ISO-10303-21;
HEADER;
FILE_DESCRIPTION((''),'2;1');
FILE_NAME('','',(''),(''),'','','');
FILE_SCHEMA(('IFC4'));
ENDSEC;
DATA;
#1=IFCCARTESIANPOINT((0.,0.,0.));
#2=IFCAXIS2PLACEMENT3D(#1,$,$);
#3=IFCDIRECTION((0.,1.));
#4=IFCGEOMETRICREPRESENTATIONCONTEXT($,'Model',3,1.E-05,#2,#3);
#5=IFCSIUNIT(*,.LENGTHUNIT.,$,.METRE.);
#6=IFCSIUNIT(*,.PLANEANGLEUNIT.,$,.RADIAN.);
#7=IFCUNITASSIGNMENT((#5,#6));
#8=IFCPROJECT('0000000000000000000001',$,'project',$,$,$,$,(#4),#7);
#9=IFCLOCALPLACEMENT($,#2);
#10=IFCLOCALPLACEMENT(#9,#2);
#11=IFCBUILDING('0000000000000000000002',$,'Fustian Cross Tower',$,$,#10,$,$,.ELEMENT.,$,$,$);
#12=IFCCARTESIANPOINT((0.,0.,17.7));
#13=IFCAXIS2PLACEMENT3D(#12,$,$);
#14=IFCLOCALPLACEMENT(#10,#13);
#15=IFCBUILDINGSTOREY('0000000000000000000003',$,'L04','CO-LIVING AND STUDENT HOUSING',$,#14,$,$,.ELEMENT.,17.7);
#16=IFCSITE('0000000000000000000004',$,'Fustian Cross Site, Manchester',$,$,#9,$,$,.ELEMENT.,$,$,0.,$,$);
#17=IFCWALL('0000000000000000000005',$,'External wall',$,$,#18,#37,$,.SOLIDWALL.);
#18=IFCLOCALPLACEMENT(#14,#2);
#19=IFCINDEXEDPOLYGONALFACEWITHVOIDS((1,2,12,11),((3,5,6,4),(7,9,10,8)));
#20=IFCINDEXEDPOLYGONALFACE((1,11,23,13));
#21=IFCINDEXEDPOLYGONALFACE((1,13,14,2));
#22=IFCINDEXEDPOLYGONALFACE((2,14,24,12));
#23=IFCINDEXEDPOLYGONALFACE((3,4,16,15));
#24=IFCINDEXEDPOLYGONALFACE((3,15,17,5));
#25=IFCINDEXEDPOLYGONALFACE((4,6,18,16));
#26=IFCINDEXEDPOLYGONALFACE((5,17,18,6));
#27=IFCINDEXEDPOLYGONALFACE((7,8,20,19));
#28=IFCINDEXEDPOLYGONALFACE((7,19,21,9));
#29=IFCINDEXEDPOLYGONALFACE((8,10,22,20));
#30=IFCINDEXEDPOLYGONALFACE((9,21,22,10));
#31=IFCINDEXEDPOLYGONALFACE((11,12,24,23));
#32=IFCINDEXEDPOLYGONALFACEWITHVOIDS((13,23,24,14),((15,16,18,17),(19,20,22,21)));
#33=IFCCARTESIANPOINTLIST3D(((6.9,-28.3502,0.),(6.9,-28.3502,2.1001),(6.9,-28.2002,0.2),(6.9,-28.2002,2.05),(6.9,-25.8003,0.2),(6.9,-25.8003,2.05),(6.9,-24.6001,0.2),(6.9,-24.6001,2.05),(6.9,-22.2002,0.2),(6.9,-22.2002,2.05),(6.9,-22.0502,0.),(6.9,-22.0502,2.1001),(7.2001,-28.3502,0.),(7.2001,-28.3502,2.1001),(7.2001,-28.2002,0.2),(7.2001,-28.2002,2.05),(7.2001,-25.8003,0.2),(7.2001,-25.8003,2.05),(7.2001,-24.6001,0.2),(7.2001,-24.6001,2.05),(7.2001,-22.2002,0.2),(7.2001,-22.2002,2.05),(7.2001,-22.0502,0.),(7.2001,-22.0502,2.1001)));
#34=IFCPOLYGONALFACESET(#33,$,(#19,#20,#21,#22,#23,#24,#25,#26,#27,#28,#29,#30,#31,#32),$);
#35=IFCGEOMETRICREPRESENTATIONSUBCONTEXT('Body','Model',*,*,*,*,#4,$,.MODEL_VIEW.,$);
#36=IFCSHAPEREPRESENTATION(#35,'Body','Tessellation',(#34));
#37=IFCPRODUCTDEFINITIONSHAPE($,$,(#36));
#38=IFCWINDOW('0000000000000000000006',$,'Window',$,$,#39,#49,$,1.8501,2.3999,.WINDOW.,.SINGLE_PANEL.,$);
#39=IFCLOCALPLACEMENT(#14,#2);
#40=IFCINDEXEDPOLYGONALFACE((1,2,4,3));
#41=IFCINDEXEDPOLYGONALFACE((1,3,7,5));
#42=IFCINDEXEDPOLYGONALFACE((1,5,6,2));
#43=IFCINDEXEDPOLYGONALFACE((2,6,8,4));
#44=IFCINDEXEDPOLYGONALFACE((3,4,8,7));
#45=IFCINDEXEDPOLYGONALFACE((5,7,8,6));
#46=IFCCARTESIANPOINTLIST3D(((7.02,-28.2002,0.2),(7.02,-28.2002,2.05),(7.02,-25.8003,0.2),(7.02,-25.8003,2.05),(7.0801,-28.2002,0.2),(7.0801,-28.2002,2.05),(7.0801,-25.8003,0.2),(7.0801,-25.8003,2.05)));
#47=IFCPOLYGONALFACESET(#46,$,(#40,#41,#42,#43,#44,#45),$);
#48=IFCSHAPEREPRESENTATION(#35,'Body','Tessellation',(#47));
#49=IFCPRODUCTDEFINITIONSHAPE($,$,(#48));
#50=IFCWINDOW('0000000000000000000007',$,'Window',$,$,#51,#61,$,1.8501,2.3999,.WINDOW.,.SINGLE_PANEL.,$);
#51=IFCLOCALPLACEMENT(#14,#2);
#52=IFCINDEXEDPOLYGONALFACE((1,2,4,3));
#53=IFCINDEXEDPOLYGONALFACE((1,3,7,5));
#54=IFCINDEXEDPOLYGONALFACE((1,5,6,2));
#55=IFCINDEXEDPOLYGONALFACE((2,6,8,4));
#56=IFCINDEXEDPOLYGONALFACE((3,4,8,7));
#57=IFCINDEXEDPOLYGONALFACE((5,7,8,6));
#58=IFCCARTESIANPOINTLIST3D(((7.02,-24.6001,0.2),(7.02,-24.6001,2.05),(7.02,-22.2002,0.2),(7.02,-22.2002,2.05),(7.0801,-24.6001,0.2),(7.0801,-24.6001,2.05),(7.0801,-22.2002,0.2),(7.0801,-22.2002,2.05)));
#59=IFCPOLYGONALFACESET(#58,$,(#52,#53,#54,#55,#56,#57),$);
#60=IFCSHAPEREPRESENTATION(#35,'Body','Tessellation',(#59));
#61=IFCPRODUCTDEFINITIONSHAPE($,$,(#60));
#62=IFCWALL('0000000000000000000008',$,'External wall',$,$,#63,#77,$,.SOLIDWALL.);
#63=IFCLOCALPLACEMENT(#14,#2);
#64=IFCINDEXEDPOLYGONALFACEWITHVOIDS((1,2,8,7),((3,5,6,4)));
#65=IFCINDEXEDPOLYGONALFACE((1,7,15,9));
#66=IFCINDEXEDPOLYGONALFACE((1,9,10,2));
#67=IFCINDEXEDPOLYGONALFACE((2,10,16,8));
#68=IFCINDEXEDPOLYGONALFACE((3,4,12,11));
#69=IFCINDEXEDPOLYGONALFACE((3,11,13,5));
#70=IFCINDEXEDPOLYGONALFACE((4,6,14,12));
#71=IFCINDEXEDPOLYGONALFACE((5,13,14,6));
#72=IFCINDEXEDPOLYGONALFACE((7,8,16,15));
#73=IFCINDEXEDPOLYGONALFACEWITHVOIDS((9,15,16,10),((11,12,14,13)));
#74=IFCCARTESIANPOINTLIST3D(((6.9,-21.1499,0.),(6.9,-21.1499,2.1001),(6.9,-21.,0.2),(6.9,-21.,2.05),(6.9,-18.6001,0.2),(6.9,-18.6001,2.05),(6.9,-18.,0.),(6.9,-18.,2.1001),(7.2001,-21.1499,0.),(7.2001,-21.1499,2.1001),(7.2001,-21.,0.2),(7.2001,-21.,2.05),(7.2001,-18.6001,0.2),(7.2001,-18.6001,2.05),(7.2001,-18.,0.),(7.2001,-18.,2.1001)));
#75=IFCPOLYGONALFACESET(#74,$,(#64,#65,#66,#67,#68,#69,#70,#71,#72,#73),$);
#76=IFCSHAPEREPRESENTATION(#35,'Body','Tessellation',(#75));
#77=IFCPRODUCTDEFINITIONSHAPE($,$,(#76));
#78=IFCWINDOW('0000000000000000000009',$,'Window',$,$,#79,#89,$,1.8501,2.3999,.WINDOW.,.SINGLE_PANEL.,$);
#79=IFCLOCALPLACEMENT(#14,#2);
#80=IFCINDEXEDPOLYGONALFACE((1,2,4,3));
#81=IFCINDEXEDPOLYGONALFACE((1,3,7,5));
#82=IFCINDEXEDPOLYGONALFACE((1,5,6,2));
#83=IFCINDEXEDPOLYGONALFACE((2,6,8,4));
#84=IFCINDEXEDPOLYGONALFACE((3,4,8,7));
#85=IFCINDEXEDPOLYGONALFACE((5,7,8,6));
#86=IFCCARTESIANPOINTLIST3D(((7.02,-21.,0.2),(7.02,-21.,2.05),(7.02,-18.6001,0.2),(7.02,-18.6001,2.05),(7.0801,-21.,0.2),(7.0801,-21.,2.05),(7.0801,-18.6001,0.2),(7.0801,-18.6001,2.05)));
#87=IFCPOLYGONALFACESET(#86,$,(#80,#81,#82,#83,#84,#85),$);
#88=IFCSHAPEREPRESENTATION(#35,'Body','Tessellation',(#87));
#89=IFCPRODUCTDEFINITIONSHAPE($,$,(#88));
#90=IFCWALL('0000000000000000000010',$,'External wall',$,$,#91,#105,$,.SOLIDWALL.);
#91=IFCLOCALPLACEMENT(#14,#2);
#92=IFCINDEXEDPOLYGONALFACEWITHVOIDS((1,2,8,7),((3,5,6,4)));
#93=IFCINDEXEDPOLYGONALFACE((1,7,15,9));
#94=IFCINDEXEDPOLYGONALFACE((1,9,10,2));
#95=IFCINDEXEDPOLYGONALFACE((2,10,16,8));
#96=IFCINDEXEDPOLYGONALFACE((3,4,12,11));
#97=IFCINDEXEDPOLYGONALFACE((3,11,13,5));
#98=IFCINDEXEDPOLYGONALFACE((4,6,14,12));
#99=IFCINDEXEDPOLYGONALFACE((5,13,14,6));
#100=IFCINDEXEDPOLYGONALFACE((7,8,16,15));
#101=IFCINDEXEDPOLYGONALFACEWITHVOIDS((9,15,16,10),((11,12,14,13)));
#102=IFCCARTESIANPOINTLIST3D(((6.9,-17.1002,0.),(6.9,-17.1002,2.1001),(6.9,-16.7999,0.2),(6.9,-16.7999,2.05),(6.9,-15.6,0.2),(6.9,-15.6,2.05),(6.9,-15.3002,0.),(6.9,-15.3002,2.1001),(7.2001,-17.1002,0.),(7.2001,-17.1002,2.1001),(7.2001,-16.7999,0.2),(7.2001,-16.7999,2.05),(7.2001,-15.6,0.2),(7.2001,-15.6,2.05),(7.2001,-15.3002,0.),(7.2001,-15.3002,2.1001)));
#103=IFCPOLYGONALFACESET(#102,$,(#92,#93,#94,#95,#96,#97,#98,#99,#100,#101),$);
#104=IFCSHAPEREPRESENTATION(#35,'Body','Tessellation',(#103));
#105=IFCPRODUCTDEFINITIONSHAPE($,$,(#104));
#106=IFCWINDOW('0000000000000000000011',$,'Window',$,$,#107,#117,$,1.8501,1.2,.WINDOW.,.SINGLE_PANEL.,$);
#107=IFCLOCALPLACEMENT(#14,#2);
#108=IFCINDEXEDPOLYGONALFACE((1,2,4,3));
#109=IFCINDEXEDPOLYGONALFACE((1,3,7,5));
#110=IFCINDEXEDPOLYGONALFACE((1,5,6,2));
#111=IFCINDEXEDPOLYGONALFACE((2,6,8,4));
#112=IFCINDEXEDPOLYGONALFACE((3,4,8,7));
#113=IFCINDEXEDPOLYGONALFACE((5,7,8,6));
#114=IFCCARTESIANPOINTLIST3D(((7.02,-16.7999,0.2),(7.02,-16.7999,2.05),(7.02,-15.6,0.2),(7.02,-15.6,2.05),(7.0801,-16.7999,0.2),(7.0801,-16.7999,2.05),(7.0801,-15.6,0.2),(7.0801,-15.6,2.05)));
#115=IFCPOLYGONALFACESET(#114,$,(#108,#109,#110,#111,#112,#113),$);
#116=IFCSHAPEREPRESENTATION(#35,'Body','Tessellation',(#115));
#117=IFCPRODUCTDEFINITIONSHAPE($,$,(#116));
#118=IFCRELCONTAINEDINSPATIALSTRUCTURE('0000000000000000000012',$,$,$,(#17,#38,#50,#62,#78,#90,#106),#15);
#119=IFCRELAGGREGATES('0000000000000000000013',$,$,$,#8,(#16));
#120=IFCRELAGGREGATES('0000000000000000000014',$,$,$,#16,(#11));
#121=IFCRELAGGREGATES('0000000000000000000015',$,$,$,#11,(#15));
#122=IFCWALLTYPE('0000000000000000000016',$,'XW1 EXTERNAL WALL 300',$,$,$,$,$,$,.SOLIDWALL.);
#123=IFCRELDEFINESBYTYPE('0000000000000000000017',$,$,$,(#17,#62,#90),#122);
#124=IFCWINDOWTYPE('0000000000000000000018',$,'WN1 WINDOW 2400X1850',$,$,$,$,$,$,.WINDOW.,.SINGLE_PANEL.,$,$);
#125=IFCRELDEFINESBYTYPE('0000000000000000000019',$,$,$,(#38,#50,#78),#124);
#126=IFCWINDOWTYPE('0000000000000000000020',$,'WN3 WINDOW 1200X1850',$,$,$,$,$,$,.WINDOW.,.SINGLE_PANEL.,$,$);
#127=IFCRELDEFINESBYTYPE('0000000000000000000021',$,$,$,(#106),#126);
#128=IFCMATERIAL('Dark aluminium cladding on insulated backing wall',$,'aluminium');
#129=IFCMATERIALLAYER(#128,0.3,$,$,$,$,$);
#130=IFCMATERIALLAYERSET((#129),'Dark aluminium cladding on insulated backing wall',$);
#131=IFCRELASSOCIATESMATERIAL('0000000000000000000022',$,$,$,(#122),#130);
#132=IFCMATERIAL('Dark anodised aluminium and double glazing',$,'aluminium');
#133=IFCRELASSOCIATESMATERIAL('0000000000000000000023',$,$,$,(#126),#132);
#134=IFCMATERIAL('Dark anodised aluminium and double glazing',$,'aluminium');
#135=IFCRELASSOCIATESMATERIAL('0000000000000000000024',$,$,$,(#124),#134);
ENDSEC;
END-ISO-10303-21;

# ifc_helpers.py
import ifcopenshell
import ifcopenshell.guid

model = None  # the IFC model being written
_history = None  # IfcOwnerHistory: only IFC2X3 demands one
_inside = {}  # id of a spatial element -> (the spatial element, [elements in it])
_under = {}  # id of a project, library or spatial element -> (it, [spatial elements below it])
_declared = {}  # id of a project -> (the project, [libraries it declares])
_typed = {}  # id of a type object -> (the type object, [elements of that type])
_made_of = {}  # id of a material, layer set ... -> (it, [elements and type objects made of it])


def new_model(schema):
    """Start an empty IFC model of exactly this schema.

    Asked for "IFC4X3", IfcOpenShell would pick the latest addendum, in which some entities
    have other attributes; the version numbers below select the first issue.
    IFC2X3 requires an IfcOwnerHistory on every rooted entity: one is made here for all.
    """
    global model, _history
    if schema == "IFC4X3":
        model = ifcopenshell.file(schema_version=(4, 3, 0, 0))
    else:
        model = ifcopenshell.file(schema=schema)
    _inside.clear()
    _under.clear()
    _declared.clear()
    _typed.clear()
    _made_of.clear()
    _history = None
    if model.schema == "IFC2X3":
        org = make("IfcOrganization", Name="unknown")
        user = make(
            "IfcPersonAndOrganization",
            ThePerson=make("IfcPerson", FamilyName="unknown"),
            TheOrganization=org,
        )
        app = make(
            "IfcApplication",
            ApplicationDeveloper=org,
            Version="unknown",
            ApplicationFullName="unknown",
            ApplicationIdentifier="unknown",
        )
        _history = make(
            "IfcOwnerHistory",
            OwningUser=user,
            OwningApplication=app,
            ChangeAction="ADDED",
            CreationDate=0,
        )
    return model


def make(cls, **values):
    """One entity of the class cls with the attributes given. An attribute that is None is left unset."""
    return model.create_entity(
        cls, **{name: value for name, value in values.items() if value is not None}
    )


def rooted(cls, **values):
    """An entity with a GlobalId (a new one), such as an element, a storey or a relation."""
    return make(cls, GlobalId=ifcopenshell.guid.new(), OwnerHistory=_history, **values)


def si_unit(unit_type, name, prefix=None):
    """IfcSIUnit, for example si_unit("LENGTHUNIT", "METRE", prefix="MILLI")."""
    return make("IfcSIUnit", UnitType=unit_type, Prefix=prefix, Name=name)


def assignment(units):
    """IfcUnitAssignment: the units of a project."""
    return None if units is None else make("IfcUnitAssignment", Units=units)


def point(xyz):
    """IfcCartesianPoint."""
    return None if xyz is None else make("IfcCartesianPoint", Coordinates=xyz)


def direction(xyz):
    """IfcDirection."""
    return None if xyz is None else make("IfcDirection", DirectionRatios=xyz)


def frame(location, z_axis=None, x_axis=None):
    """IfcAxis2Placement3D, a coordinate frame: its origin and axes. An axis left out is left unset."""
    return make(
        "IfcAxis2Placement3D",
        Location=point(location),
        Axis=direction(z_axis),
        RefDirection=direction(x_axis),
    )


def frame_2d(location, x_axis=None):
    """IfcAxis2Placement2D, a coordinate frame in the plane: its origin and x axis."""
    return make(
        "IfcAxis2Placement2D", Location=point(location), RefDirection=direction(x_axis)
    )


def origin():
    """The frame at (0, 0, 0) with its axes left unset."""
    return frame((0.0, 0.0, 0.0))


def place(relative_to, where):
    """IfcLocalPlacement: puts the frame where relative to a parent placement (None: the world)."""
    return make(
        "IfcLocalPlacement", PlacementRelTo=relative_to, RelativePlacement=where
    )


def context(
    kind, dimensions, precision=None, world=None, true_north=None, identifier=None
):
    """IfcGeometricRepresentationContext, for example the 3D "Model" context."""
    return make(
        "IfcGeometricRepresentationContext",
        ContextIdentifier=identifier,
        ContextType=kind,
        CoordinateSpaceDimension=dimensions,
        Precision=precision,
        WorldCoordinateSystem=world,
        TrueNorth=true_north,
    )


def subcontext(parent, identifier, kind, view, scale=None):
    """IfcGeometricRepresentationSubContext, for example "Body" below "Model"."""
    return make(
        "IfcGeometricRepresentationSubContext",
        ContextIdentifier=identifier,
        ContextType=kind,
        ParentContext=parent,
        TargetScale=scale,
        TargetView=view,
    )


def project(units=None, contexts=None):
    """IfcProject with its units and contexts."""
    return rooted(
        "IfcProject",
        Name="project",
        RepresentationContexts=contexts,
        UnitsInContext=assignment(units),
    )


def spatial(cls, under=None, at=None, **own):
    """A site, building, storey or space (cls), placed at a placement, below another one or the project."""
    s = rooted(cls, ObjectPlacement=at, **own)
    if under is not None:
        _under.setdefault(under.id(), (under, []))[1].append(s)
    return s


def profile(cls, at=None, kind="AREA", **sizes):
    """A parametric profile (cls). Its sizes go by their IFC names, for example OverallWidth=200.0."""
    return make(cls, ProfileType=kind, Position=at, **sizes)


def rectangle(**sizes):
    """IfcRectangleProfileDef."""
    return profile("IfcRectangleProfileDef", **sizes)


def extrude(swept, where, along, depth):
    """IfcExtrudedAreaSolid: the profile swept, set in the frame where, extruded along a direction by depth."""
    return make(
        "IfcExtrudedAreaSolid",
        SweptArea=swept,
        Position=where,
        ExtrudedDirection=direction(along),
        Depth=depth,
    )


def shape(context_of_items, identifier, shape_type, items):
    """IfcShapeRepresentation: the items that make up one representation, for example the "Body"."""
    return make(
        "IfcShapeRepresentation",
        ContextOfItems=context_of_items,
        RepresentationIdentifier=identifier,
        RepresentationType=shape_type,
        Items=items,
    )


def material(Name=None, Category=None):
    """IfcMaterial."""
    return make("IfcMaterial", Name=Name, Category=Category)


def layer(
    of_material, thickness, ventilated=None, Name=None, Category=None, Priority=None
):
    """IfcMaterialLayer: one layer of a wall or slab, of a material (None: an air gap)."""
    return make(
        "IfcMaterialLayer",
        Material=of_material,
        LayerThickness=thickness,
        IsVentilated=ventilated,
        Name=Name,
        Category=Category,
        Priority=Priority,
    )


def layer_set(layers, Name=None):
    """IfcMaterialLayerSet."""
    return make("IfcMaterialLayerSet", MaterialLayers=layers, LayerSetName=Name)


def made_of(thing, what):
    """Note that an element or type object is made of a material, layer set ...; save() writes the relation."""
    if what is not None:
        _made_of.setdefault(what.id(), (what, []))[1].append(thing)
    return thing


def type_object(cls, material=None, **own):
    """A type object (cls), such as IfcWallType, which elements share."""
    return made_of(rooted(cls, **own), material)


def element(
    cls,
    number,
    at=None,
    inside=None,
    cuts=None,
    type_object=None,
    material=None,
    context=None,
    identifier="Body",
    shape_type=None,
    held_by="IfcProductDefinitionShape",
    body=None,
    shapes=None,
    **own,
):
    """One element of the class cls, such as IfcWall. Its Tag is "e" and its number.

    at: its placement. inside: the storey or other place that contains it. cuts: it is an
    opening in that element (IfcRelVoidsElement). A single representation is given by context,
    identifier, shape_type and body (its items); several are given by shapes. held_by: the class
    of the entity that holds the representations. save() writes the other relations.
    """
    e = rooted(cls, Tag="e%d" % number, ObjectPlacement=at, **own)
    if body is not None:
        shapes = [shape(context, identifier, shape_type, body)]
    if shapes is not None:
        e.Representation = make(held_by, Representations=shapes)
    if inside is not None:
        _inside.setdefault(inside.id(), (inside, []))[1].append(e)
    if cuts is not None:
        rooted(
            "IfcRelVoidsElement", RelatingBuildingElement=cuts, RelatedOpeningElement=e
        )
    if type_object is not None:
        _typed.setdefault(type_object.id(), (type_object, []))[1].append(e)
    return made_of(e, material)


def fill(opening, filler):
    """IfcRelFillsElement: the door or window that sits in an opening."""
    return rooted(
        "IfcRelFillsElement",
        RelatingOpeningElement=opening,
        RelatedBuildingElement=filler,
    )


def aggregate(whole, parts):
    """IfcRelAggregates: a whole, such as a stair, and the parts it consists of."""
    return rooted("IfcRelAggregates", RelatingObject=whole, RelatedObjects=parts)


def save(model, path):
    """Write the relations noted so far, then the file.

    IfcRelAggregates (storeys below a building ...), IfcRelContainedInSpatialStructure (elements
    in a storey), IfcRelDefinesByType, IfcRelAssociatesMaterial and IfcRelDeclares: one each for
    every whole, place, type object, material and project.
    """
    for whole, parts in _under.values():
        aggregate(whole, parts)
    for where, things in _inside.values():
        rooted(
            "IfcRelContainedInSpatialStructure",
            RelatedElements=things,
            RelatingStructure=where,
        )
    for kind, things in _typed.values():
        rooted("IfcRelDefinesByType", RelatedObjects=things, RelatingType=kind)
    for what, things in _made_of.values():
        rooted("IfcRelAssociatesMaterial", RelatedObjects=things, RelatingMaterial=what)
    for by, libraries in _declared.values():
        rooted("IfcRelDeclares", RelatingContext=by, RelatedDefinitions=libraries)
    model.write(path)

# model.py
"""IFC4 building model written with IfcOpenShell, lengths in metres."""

from ifc_helpers import new_model, si_unit, direction, frame, frame_2d, origin, place, context, subcontext, project, spatial, rectangle, extrude, material, layer, layer_set, type_object, element, fill, save


model = new_model("IFC4")

# Units and contexts
model_context = context("Model", 3, precision=1e-05, world=origin(), true_north=direction((0.0, 1.0)))
body_context = subcontext(model_context, "Body", "Model", "MODEL_VIEW")
ifc_project = project(units=[si_unit("LENGTHUNIT", "METRE"), si_unit("PLANEANGLEUNIT", "RADIAN")], contexts=[model_context])

# Site, building, storey
site_placement = place(None, origin())
site = spatial("IfcSite", under=ifc_project, at=site_placement, Name="Fustian Cross Site, Manchester", CompositionType="ELEMENT", RefElevation=0.0)
building_placement = place(site_placement, origin())
building = spatial("IfcBuilding", under=site, at=building_placement, Name="Fustian Cross Tower", CompositionType="ELEMENT")
storey_placement = place(building_placement, frame((0.0, 0.0, 17.7)))
storey = spatial("IfcBuildingStorey", under=building, at=storey_placement, Name="L04", Description="CO-LIVING AND STUDENT HOUSING", CompositionType="ELEMENT", Elevation=17.7)

# Shared definitions
ifc_material_1 = material(Name="Dark aluminium cladding on insulated backing wall", Category="aluminium")
ifc_layer_1 = layer(ifc_material_1, 0.3)
ifc_layer_set_1 = layer_set([ifc_layer_1], Name="Dark aluminium cladding on insulated backing wall")
wall_type_1 = type_object("IfcWallType", Name="XW1 EXTERNAL WALL 300", PredefinedType="SOLIDWALL", material=ifc_layer_set_1)
ifc_material_2 = material(Name="Dark anodised aluminium and double glazing", Category="aluminium")
window_type_1 = type_object("IfcWindowType", Name="WN3 WINDOW 1200X1850", PartitioningType="SINGLE_PANEL", PredefinedType="WINDOW", material=ifc_material_2)
ifc_material_3 = material(Name="Dark anodised aluminium and double glazing", Category="aluminium")
window_type_2 = type_object("IfcWindowType", Name="WN1 WINDOW 2400X1850", PartitioningType="SINGLE_PANEL", PredefinedType="WINDOW", material=ifc_material_3)

# Wall, openings, windows
wall_1_placement = place(storey_placement, frame((7.05, -28.3501, 0.0), z_axis=(0.0, 0.0, 1.0), x_axis=(0.0, 1.0, 0.0)))
wall_1 = element("IfcWall", 1, at=wall_1_placement, inside=storey, type_object=wall_type_1, Name="External wall", PredefinedType="SOLIDWALL", context=body_context, shape_type="SweptSolid", body=[
    extrude(rectangle(XDim=6.3, YDim=0.3, at=frame_2d((3.1499, 0.0))), origin(), (0.0, 0.0, 1.0), 2.1001),
])
opening_1_placement = place(wall_1_placement, frame((0.1499, 0.0, 0.2)))
opening_1 = element("IfcOpeningElement", 2, at=opening_1_placement, cuts=wall_1, PredefinedType="OPENING", context=body_context, shape_type="SweptSolid", body=[
    extrude(rectangle(XDim=2.3999, YDim=1.8501, at=frame_2d((1.2, 0.925))), frame((0.0, 0.1599, 0.0), z_axis=(0.0, -1.0, 0.0), x_axis=(1.0, 0.0, 0.0)), (0.0, 0.0, 1.0), 0.3201),
])
opening_2_placement = place(wall_1_placement, frame((3.75, 0.0, 0.2)))
opening_2 = element("IfcOpeningElement", 3, at=opening_2_placement, cuts=wall_1, PredefinedType="OPENING", context=body_context, shape_type="SweptSolid", body=[
    extrude(rectangle(XDim=2.3999, YDim=1.8501, at=frame_2d((1.2, 0.925))), frame((0.0, 0.1599, 0.0), z_axis=(0.0, -1.0, 0.0), x_axis=(1.0, 0.0, 0.0)), (0.0, 0.0, 1.0), 0.3201),
])
window_1_placement = place(opening_1_placement, origin())
window_1 = element("IfcWindow", 4, at=window_1_placement, inside=storey, type_object=window_type_2, Name="Window", OverallHeight=1.8501, OverallWidth=2.3999, PartitioningType="SINGLE_PANEL", PredefinedType="WINDOW", context=body_context, shape_type="SweptSolid", body=[
    extrude(rectangle(XDim=2.3999, YDim=1.8501, at=frame_2d((1.2, 0.925))), frame((0.0, 0.03, 0.0), z_axis=(0.0, -1.0, 0.0), x_axis=(1.0, 0.0, 0.0)), (0.0, 0.0, 1.0), 0.0601),
])
fill(opening_1, window_1)
window_2_placement = place(opening_2_placement, origin())
window_2 = element("IfcWindow", 5, at=window_2_placement, inside=storey, type_object=window_type_2, Name="Window", OverallHeight=1.8501, OverallWidth=2.3999, PartitioningType="SINGLE_PANEL", PredefinedType="WINDOW", context=body_context, shape_type="SweptSolid", body=[
    extrude(rectangle(XDim=2.3999, YDim=1.8501, at=frame_2d((1.2, 0.925))), frame((0.0, 0.03, 0.0), z_axis=(0.0, -1.0, 0.0), x_axis=(1.0, 0.0, 0.0)), (0.0, 0.0, 1.0), 0.0601),
])
fill(opening_2, window_2)

# Walls, openings, windows
wall_2_placement = place(storey_placement, frame((7.05, -21.1499, 0.0), z_axis=(0.0, 0.0, 1.0), x_axis=(0.0, 1.0, 0.0)))
wall_2 = element("IfcWall", 6, at=wall_2_placement, inside=storey, type_object=wall_type_1, Name="External wall", PredefinedType="SOLIDWALL", context=body_context, shape_type="SweptSolid", body=[
    extrude(rectangle(XDim=3.1499, YDim=0.3, at=frame_2d((1.575, 0.0))), origin(), (0.0, 0.0, 1.0), 2.1001),
])
opening_3_placement = place(wall_2_placement, frame((0.1499, 0.0, 0.2)))
opening_3 = element("IfcOpeningElement", 7, at=opening_3_placement, cuts=wall_2, PredefinedType="OPENING", context=body_context, shape_type="SweptSolid", body=[
    extrude(rectangle(XDim=2.3999, YDim=1.8501, at=frame_2d((1.2, 0.925))), frame((0.0, 0.1599, 0.0), z_axis=(0.0, -1.0, 0.0), x_axis=(1.0, 0.0, 0.0)), (0.0, 0.0, 1.0), 0.3201),
])
window_3_placement = place(opening_3_placement, origin())
window_3 = element("IfcWindow", 8, at=window_3_placement, inside=storey, type_object=window_type_2, Name="Window", OverallHeight=1.8501, OverallWidth=2.3999, PartitioningType="SINGLE_PANEL", PredefinedType="WINDOW", context=body_context, shape_type="SweptSolid", body=[
    extrude(rectangle(XDim=2.3999, YDim=1.8501, at=frame_2d((1.2, 0.925))), frame((0.0, 0.03, 0.0), z_axis=(0.0, -1.0, 0.0), x_axis=(1.0, 0.0, 0.0)), (0.0, 0.0, 1.0), 0.0601),
])
fill(opening_3, window_3)
wall_3_placement = place(storey_placement, frame((7.05, -17.1001, 0.0), z_axis=(0.0, 0.0, 1.0), x_axis=(0.0, 1.0, 0.0)))
wall_3 = element("IfcWall", 9, at=wall_3_placement, inside=storey, type_object=wall_type_1, Name="External wall", PredefinedType="SOLIDWALL", context=body_context, shape_type="SweptSolid", body=[
    extrude(rectangle(XDim=1.8, YDim=0.3, at=frame_2d((0.8999, 0.0))), origin(), (0.0, 0.0, 1.0), 2.1001),
])
opening_4_placement = place(wall_3_placement, frame((0.3, 0.0, 0.2)))
opening_4 = element("IfcOpeningElement", 10, at=opening_4_placement, cuts=wall_3, PredefinedType="OPENING", context=body_context, shape_type="SweptSolid", body=[
    extrude(rectangle(XDim=1.2, YDim=1.8501, at=frame_2d((0.6001, 0.925))), frame((0.0, 0.1599, 0.0), z_axis=(0.0, -1.0, 0.0), x_axis=(1.0, 0.0, 0.0)), (0.0, 0.0, 1.0), 0.3201),
])
window_4_placement = place(opening_4_placement, origin())
window_4 = element("IfcWindow", 11, at=window_4_placement, inside=storey, type_object=window_type_1, Name="Window", OverallHeight=1.8501, OverallWidth=1.2, PartitioningType="SINGLE_PANEL", PredefinedType="WINDOW", context=body_context, shape_type="SweptSolid", body=[
    extrude(rectangle(XDim=1.2, YDim=1.8501, at=frame_2d((0.6001, 0.925))), frame((0.0, 0.03, 0.0), z_axis=(0.0, -1.0, 0.0), x_axis=(1.0, 0.0, 0.0)), (0.0, 0.0, 1.0), 0.0601),
])
fill(opening_4, window_4)

save(model, "model.ifc")
